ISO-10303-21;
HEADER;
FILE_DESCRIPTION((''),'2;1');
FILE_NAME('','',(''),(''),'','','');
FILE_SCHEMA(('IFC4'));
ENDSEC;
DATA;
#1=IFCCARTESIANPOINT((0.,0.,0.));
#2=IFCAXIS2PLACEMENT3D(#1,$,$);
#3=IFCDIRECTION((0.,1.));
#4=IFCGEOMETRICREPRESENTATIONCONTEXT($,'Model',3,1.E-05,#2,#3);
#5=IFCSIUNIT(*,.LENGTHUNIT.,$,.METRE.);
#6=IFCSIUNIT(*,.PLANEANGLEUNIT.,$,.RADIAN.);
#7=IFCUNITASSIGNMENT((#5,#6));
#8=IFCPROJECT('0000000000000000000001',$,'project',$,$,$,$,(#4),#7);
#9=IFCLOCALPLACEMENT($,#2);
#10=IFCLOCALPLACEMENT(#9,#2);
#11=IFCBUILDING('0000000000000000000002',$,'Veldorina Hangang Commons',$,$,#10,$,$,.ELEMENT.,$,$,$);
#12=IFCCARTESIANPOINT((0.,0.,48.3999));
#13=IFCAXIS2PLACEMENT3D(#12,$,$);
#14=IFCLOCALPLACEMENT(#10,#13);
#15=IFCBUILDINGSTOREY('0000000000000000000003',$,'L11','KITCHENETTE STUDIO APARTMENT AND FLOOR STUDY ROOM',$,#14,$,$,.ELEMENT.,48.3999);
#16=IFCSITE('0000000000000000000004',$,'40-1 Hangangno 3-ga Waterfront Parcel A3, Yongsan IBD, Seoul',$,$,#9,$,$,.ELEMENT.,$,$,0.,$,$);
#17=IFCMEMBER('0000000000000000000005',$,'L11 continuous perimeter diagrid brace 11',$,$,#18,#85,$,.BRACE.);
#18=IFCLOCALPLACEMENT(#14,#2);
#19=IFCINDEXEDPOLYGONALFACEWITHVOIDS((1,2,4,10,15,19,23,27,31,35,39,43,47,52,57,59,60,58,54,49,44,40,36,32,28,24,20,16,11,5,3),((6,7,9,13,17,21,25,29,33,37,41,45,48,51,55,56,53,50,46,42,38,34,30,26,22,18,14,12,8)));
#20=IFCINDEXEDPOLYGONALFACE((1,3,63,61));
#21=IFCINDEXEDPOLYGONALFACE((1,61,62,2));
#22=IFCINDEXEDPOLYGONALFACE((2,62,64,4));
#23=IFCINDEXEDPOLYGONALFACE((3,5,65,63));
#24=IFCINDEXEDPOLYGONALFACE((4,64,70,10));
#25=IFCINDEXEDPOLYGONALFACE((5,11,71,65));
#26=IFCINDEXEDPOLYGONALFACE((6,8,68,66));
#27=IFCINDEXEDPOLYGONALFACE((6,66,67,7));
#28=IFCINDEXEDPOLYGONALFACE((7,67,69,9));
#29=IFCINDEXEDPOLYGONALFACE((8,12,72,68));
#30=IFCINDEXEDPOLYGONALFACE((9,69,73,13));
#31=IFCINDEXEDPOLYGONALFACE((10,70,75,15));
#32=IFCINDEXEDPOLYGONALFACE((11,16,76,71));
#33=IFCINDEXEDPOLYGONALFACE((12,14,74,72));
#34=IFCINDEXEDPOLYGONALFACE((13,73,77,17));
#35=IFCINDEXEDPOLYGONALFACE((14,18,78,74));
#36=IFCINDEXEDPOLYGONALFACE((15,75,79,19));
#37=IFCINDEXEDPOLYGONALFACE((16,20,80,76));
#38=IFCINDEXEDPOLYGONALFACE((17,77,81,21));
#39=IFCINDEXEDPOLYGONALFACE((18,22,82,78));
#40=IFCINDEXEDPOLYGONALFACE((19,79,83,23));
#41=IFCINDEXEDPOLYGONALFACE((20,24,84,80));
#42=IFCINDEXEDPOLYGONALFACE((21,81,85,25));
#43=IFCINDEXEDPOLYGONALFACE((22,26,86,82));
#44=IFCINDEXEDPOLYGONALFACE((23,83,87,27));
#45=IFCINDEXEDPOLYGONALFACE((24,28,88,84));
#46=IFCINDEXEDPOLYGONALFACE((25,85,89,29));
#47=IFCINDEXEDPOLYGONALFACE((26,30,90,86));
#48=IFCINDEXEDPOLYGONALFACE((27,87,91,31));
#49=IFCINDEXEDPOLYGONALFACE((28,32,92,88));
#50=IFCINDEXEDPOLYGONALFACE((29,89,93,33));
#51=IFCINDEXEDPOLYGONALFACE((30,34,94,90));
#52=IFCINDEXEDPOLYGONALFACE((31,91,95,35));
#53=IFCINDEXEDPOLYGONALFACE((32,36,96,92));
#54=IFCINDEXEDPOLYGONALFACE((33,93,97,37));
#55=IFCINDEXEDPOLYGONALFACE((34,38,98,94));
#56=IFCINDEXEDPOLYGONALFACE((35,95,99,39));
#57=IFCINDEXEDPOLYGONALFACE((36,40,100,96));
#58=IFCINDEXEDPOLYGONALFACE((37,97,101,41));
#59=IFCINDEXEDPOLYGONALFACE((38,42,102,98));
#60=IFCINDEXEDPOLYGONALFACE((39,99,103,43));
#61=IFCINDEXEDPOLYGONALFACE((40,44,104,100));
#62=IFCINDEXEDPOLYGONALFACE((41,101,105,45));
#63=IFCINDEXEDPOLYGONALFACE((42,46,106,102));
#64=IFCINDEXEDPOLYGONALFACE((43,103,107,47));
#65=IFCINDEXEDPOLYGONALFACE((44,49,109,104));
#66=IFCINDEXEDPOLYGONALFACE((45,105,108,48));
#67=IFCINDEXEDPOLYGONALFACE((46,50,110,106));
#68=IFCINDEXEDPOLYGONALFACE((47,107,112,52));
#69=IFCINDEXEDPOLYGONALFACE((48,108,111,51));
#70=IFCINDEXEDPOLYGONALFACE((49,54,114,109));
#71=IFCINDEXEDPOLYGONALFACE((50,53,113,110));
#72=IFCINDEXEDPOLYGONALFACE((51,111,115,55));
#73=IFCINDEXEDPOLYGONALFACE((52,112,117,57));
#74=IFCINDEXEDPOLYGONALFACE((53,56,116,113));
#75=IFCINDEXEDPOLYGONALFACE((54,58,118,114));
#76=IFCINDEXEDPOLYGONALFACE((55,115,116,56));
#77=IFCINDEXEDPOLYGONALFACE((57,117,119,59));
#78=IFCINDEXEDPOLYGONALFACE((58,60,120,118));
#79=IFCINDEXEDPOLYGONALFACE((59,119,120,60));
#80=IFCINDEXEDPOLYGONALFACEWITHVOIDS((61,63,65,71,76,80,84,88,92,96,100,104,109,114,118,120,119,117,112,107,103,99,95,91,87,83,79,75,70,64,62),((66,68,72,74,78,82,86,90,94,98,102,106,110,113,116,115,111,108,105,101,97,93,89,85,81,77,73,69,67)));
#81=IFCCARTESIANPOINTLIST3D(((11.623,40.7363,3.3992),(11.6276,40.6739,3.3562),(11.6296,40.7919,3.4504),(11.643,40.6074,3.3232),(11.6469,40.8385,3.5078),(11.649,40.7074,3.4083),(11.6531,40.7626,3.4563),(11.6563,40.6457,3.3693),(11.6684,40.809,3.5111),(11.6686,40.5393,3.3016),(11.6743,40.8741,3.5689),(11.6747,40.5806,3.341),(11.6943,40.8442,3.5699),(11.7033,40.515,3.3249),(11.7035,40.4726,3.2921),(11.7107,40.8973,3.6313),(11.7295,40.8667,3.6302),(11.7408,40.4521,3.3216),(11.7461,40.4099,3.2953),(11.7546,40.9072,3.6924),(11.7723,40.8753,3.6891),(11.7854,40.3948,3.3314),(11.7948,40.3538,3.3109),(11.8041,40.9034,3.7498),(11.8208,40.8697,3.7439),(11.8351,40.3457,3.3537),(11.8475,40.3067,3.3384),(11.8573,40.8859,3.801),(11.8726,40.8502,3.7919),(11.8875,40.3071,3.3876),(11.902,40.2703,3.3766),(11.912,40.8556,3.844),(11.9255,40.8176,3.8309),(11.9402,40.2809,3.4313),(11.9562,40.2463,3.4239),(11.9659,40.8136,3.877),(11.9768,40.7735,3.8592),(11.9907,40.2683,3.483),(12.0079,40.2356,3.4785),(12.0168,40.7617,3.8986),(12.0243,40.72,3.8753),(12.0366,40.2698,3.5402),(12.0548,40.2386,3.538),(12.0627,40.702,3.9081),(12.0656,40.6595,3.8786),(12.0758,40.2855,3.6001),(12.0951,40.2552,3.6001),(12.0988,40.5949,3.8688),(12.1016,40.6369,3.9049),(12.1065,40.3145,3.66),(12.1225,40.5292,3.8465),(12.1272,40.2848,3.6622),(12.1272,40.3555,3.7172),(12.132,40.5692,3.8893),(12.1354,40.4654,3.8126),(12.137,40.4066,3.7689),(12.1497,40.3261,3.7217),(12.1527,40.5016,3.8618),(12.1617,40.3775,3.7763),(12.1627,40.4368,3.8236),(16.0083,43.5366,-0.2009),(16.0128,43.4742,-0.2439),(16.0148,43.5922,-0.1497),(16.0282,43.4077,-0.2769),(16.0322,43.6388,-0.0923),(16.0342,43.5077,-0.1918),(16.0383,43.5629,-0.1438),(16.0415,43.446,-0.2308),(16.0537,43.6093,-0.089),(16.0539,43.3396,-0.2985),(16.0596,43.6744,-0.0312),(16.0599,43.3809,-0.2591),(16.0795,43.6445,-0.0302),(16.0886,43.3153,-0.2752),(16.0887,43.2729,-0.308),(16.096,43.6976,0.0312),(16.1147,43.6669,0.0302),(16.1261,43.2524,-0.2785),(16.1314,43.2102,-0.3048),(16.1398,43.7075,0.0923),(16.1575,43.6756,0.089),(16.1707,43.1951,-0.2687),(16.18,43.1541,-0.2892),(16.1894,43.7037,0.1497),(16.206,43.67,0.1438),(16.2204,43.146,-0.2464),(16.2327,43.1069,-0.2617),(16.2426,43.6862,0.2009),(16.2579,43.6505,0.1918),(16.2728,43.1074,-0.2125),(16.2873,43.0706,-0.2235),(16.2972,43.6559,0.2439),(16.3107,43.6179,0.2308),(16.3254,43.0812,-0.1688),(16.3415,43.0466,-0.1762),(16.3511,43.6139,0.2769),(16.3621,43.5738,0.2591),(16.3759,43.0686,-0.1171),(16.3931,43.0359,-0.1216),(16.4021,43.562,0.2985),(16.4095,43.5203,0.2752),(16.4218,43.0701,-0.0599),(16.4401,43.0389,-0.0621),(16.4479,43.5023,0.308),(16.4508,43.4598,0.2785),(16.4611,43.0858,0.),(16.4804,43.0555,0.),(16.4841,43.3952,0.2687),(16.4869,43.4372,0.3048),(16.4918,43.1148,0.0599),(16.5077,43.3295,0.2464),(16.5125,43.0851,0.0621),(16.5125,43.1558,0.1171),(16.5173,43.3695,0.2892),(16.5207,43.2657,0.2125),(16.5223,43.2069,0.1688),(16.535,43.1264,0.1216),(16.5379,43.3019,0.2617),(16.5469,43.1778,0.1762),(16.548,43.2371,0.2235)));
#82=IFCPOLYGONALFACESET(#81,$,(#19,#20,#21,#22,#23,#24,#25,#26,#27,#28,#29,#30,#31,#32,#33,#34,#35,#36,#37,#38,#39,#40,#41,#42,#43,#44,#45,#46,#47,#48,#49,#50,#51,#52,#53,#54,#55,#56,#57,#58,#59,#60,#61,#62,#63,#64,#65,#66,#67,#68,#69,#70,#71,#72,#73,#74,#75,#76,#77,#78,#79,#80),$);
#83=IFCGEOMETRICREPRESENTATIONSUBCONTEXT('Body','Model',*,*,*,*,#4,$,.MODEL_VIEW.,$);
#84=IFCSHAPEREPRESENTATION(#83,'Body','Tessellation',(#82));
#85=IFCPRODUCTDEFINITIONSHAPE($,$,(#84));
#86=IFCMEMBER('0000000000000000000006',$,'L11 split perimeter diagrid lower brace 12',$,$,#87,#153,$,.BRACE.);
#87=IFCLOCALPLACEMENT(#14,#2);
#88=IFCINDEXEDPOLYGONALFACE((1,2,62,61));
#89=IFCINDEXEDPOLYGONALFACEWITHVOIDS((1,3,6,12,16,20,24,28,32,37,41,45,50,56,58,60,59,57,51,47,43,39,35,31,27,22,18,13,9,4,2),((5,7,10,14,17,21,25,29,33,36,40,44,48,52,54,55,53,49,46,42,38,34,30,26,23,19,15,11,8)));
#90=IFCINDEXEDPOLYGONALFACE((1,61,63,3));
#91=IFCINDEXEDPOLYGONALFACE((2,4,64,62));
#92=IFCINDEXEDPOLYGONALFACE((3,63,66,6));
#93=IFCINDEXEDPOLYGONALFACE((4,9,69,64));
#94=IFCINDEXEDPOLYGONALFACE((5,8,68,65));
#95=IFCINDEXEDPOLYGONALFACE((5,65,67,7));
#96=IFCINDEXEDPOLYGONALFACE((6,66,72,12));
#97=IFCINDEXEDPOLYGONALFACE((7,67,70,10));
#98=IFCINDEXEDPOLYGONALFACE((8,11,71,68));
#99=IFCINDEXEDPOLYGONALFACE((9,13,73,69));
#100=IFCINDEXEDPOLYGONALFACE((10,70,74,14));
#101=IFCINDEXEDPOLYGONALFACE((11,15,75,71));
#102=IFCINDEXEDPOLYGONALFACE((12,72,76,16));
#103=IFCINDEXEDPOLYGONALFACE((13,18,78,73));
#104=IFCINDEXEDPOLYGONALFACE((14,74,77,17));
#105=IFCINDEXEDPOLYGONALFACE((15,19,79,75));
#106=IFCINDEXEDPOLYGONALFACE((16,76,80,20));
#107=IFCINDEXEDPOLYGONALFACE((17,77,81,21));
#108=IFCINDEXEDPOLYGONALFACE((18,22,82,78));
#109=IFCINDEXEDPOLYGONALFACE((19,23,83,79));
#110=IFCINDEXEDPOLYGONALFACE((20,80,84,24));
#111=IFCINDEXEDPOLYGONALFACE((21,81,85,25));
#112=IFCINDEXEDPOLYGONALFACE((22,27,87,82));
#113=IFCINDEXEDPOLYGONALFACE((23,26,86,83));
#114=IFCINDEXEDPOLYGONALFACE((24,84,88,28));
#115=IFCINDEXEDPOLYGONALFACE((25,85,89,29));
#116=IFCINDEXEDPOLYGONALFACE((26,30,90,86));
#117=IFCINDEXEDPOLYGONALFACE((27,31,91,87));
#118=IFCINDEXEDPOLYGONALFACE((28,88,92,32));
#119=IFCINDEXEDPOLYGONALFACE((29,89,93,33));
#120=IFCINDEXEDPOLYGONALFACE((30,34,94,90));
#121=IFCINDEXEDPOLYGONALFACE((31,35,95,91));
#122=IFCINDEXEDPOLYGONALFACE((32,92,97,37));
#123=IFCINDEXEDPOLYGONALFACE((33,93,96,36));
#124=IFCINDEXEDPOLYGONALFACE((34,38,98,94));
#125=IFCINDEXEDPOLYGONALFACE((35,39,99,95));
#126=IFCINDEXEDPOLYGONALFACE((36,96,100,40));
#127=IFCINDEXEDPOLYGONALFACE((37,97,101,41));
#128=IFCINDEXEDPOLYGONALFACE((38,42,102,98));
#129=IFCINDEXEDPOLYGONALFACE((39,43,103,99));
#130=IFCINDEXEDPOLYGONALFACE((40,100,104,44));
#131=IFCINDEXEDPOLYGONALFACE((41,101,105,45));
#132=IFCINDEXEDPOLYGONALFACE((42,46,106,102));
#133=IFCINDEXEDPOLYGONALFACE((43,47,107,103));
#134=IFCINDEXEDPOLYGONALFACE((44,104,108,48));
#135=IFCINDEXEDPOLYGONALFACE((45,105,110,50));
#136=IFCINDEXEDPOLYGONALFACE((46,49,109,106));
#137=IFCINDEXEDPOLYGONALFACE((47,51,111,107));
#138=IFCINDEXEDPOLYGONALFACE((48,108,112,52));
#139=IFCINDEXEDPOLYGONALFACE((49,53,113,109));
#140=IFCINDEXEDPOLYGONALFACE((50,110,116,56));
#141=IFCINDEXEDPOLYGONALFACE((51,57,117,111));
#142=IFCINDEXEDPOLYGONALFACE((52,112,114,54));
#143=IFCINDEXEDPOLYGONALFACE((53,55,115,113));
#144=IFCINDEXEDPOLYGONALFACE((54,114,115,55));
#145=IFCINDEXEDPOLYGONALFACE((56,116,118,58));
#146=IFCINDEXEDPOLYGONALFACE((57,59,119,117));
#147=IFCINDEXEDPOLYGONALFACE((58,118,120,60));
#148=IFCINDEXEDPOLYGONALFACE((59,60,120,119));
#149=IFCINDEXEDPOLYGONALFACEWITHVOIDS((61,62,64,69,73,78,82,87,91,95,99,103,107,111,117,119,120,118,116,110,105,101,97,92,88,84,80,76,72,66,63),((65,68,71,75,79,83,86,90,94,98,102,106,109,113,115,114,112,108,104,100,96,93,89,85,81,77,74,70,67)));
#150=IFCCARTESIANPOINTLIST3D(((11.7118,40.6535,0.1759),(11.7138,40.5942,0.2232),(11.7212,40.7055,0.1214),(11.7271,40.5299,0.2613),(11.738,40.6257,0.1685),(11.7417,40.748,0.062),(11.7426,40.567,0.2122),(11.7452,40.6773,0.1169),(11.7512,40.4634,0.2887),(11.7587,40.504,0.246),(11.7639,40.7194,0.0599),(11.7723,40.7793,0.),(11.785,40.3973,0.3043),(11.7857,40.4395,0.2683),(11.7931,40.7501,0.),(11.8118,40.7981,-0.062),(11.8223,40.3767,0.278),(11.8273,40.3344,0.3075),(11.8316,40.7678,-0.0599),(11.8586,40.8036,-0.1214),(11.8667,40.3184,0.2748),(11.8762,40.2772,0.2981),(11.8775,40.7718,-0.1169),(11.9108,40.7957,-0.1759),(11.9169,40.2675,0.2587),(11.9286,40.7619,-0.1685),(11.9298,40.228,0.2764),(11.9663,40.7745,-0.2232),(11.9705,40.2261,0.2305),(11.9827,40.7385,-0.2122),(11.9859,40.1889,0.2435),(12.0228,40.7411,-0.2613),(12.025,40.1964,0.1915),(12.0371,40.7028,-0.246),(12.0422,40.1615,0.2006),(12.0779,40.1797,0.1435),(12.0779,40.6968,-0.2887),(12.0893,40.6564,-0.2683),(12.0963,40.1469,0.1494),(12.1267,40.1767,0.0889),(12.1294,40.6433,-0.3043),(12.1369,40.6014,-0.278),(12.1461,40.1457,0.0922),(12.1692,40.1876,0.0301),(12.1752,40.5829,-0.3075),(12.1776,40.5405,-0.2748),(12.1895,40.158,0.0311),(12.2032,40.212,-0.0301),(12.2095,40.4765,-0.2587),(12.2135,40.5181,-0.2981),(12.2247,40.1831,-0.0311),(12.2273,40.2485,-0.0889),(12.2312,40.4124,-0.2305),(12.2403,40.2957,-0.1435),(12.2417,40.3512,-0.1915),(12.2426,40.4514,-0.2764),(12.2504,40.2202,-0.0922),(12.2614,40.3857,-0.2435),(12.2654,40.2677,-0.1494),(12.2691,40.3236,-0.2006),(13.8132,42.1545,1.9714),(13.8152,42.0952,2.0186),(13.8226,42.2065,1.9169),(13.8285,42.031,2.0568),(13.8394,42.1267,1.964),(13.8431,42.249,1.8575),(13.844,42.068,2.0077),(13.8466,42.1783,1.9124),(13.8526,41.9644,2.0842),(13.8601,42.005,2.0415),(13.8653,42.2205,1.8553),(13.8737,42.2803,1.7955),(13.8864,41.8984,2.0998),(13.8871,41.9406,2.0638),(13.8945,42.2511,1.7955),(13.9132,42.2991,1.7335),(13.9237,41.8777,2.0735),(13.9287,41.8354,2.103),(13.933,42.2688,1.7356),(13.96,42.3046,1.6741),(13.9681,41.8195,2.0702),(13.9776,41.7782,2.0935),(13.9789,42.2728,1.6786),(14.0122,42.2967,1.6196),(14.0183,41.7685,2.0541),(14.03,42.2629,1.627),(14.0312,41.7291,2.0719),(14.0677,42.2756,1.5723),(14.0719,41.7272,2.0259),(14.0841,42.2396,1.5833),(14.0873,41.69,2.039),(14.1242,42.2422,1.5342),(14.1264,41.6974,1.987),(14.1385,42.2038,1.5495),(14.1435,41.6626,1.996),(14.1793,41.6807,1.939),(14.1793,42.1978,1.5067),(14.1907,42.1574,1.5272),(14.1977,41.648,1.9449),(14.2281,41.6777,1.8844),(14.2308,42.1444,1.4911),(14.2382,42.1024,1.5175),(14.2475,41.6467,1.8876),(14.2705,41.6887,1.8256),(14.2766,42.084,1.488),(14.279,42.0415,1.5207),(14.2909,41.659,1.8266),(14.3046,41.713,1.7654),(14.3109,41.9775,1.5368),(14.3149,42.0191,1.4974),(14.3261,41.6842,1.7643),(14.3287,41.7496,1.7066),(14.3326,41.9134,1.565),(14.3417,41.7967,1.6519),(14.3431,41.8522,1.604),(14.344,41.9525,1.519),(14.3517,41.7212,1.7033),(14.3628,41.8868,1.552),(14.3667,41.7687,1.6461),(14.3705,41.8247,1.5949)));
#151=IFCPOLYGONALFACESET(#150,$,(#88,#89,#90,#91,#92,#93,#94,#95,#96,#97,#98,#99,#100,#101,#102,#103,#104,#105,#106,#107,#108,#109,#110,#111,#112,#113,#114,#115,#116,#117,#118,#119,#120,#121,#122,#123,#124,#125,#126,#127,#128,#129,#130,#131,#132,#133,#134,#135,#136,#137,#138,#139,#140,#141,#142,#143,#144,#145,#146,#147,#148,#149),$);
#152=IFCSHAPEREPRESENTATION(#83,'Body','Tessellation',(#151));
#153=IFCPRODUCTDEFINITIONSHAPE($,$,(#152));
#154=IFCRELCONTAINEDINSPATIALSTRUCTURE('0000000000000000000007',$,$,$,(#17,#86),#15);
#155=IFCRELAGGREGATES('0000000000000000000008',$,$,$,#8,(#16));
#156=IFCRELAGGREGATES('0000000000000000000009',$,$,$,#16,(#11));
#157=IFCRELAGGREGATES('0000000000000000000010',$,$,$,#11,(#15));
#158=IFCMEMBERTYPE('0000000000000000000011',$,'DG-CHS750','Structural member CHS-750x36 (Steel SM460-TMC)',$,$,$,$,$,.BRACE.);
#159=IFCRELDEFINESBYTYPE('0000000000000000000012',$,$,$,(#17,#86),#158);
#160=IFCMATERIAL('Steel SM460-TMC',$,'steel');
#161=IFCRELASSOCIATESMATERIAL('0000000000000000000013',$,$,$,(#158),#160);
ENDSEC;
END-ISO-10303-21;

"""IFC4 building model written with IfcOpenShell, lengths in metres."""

from ifc_helpers import new_model, si_unit, direction, frame, origin, origin_2d, place, context, subcontext, project, spatial, hollow_circle, extrude, material, material_profile, profile_set, type_object, element, save


model = new_model("IFC4")

# Units and contexts
model_context = context("Model", 3, precision=1e-05, world=origin(), true_north=direction((0.0, 1.0)))
body_context = subcontext(model_context, "Body", "Model", "MODEL_VIEW")
ifc_project = project(units=[si_unit("LENGTHUNIT", "METRE"), si_unit("PLANEANGLEUNIT", "RADIAN")], contexts=[model_context])

# Site, building, storey
site_placement = place(None, origin())
site = spatial("IfcSite", under=ifc_project, at=site_placement, Name="40-1 Hangangno 3-ga Waterfront Parcel A3, Yongsan IBD, Seoul", CompositionType="ELEMENT", RefElevation=0.0)
building_placement = place(site_placement, origin())
building = spatial("IfcBuilding", under=site, at=building_placement, Name="Veldorina Hangang Commons", CompositionType="ELEMENT")
storey_placement = place(building_placement, frame((0.0, 0.0, 48.3999)))
storey = spatial("IfcBuildingStorey", under=building, at=storey_placement, Name="L11", Description="KITCHENETTE STUDIO APARTMENT AND FLOOR STUDY ROOM", CompositionType="ELEMENT", Elevation=48.3999)

# Shared definitions
ifc_material_1 = material(Name="Steel SM460-TMC", Category="steel")

# Members
ifc_material_profile_1 = material_profile(ifc_material_1, hollow_circle(Radius=0.375, WallThickness=0.0359, at=origin_2d()), Name="CHS-750x36")
ifc_profile_set_1 = profile_set([ifc_material_profile_1], Name="Steel SM460-TMC")
member_type = type_object("IfcMemberType", Name="DG-CHS750", Description="Structural member CHS-750x36 (Steel SM460-TMC)", PredefinedType="BRACE", material=ifc_profile_set_1)
member_1_placement = place(storey_placement, frame((16.2786, 43.3716, 0.0), z_axis=(-0.693085, -0.442584, 0.568992), x_axis=(0.538199, -0.842818, 0.0)))
element("IfcMember", 1, at=member_1_placement, inside=storey, type_object=member_type, Name="L11 continuous perimeter diagrid brace 11", PredefinedType="BRACE", context=body_context, shape_type="SweptSolid", body=[
    extrude(hollow_circle(Radius=0.375, WallThickness=0.0359, at=origin_2d()), origin(), (0.0, 0.0, 1.0), 6.3271),
])
member_2_placement = place(storey_placement, frame((11.9902, 40.4741, 0.0), z_axis=(0.668114, 0.477235, 0.57085), x_axis=(-0.581247, 0.813727, 0.0)))
element("IfcMember", 2, at=member_2_placement, inside=storey, type_object=member_type, Name="L11 split perimeter diagrid lower brace 12", PredefinedType="BRACE", context=body_context, shape_type="SweptSolid", body=[
    extrude(hollow_circle(Radius=0.375, WallThickness=0.0359, at=origin_2d()), origin(), (0.0, 0.0, 1.0), 3.1453),
])

save(model, "model.ifc")
